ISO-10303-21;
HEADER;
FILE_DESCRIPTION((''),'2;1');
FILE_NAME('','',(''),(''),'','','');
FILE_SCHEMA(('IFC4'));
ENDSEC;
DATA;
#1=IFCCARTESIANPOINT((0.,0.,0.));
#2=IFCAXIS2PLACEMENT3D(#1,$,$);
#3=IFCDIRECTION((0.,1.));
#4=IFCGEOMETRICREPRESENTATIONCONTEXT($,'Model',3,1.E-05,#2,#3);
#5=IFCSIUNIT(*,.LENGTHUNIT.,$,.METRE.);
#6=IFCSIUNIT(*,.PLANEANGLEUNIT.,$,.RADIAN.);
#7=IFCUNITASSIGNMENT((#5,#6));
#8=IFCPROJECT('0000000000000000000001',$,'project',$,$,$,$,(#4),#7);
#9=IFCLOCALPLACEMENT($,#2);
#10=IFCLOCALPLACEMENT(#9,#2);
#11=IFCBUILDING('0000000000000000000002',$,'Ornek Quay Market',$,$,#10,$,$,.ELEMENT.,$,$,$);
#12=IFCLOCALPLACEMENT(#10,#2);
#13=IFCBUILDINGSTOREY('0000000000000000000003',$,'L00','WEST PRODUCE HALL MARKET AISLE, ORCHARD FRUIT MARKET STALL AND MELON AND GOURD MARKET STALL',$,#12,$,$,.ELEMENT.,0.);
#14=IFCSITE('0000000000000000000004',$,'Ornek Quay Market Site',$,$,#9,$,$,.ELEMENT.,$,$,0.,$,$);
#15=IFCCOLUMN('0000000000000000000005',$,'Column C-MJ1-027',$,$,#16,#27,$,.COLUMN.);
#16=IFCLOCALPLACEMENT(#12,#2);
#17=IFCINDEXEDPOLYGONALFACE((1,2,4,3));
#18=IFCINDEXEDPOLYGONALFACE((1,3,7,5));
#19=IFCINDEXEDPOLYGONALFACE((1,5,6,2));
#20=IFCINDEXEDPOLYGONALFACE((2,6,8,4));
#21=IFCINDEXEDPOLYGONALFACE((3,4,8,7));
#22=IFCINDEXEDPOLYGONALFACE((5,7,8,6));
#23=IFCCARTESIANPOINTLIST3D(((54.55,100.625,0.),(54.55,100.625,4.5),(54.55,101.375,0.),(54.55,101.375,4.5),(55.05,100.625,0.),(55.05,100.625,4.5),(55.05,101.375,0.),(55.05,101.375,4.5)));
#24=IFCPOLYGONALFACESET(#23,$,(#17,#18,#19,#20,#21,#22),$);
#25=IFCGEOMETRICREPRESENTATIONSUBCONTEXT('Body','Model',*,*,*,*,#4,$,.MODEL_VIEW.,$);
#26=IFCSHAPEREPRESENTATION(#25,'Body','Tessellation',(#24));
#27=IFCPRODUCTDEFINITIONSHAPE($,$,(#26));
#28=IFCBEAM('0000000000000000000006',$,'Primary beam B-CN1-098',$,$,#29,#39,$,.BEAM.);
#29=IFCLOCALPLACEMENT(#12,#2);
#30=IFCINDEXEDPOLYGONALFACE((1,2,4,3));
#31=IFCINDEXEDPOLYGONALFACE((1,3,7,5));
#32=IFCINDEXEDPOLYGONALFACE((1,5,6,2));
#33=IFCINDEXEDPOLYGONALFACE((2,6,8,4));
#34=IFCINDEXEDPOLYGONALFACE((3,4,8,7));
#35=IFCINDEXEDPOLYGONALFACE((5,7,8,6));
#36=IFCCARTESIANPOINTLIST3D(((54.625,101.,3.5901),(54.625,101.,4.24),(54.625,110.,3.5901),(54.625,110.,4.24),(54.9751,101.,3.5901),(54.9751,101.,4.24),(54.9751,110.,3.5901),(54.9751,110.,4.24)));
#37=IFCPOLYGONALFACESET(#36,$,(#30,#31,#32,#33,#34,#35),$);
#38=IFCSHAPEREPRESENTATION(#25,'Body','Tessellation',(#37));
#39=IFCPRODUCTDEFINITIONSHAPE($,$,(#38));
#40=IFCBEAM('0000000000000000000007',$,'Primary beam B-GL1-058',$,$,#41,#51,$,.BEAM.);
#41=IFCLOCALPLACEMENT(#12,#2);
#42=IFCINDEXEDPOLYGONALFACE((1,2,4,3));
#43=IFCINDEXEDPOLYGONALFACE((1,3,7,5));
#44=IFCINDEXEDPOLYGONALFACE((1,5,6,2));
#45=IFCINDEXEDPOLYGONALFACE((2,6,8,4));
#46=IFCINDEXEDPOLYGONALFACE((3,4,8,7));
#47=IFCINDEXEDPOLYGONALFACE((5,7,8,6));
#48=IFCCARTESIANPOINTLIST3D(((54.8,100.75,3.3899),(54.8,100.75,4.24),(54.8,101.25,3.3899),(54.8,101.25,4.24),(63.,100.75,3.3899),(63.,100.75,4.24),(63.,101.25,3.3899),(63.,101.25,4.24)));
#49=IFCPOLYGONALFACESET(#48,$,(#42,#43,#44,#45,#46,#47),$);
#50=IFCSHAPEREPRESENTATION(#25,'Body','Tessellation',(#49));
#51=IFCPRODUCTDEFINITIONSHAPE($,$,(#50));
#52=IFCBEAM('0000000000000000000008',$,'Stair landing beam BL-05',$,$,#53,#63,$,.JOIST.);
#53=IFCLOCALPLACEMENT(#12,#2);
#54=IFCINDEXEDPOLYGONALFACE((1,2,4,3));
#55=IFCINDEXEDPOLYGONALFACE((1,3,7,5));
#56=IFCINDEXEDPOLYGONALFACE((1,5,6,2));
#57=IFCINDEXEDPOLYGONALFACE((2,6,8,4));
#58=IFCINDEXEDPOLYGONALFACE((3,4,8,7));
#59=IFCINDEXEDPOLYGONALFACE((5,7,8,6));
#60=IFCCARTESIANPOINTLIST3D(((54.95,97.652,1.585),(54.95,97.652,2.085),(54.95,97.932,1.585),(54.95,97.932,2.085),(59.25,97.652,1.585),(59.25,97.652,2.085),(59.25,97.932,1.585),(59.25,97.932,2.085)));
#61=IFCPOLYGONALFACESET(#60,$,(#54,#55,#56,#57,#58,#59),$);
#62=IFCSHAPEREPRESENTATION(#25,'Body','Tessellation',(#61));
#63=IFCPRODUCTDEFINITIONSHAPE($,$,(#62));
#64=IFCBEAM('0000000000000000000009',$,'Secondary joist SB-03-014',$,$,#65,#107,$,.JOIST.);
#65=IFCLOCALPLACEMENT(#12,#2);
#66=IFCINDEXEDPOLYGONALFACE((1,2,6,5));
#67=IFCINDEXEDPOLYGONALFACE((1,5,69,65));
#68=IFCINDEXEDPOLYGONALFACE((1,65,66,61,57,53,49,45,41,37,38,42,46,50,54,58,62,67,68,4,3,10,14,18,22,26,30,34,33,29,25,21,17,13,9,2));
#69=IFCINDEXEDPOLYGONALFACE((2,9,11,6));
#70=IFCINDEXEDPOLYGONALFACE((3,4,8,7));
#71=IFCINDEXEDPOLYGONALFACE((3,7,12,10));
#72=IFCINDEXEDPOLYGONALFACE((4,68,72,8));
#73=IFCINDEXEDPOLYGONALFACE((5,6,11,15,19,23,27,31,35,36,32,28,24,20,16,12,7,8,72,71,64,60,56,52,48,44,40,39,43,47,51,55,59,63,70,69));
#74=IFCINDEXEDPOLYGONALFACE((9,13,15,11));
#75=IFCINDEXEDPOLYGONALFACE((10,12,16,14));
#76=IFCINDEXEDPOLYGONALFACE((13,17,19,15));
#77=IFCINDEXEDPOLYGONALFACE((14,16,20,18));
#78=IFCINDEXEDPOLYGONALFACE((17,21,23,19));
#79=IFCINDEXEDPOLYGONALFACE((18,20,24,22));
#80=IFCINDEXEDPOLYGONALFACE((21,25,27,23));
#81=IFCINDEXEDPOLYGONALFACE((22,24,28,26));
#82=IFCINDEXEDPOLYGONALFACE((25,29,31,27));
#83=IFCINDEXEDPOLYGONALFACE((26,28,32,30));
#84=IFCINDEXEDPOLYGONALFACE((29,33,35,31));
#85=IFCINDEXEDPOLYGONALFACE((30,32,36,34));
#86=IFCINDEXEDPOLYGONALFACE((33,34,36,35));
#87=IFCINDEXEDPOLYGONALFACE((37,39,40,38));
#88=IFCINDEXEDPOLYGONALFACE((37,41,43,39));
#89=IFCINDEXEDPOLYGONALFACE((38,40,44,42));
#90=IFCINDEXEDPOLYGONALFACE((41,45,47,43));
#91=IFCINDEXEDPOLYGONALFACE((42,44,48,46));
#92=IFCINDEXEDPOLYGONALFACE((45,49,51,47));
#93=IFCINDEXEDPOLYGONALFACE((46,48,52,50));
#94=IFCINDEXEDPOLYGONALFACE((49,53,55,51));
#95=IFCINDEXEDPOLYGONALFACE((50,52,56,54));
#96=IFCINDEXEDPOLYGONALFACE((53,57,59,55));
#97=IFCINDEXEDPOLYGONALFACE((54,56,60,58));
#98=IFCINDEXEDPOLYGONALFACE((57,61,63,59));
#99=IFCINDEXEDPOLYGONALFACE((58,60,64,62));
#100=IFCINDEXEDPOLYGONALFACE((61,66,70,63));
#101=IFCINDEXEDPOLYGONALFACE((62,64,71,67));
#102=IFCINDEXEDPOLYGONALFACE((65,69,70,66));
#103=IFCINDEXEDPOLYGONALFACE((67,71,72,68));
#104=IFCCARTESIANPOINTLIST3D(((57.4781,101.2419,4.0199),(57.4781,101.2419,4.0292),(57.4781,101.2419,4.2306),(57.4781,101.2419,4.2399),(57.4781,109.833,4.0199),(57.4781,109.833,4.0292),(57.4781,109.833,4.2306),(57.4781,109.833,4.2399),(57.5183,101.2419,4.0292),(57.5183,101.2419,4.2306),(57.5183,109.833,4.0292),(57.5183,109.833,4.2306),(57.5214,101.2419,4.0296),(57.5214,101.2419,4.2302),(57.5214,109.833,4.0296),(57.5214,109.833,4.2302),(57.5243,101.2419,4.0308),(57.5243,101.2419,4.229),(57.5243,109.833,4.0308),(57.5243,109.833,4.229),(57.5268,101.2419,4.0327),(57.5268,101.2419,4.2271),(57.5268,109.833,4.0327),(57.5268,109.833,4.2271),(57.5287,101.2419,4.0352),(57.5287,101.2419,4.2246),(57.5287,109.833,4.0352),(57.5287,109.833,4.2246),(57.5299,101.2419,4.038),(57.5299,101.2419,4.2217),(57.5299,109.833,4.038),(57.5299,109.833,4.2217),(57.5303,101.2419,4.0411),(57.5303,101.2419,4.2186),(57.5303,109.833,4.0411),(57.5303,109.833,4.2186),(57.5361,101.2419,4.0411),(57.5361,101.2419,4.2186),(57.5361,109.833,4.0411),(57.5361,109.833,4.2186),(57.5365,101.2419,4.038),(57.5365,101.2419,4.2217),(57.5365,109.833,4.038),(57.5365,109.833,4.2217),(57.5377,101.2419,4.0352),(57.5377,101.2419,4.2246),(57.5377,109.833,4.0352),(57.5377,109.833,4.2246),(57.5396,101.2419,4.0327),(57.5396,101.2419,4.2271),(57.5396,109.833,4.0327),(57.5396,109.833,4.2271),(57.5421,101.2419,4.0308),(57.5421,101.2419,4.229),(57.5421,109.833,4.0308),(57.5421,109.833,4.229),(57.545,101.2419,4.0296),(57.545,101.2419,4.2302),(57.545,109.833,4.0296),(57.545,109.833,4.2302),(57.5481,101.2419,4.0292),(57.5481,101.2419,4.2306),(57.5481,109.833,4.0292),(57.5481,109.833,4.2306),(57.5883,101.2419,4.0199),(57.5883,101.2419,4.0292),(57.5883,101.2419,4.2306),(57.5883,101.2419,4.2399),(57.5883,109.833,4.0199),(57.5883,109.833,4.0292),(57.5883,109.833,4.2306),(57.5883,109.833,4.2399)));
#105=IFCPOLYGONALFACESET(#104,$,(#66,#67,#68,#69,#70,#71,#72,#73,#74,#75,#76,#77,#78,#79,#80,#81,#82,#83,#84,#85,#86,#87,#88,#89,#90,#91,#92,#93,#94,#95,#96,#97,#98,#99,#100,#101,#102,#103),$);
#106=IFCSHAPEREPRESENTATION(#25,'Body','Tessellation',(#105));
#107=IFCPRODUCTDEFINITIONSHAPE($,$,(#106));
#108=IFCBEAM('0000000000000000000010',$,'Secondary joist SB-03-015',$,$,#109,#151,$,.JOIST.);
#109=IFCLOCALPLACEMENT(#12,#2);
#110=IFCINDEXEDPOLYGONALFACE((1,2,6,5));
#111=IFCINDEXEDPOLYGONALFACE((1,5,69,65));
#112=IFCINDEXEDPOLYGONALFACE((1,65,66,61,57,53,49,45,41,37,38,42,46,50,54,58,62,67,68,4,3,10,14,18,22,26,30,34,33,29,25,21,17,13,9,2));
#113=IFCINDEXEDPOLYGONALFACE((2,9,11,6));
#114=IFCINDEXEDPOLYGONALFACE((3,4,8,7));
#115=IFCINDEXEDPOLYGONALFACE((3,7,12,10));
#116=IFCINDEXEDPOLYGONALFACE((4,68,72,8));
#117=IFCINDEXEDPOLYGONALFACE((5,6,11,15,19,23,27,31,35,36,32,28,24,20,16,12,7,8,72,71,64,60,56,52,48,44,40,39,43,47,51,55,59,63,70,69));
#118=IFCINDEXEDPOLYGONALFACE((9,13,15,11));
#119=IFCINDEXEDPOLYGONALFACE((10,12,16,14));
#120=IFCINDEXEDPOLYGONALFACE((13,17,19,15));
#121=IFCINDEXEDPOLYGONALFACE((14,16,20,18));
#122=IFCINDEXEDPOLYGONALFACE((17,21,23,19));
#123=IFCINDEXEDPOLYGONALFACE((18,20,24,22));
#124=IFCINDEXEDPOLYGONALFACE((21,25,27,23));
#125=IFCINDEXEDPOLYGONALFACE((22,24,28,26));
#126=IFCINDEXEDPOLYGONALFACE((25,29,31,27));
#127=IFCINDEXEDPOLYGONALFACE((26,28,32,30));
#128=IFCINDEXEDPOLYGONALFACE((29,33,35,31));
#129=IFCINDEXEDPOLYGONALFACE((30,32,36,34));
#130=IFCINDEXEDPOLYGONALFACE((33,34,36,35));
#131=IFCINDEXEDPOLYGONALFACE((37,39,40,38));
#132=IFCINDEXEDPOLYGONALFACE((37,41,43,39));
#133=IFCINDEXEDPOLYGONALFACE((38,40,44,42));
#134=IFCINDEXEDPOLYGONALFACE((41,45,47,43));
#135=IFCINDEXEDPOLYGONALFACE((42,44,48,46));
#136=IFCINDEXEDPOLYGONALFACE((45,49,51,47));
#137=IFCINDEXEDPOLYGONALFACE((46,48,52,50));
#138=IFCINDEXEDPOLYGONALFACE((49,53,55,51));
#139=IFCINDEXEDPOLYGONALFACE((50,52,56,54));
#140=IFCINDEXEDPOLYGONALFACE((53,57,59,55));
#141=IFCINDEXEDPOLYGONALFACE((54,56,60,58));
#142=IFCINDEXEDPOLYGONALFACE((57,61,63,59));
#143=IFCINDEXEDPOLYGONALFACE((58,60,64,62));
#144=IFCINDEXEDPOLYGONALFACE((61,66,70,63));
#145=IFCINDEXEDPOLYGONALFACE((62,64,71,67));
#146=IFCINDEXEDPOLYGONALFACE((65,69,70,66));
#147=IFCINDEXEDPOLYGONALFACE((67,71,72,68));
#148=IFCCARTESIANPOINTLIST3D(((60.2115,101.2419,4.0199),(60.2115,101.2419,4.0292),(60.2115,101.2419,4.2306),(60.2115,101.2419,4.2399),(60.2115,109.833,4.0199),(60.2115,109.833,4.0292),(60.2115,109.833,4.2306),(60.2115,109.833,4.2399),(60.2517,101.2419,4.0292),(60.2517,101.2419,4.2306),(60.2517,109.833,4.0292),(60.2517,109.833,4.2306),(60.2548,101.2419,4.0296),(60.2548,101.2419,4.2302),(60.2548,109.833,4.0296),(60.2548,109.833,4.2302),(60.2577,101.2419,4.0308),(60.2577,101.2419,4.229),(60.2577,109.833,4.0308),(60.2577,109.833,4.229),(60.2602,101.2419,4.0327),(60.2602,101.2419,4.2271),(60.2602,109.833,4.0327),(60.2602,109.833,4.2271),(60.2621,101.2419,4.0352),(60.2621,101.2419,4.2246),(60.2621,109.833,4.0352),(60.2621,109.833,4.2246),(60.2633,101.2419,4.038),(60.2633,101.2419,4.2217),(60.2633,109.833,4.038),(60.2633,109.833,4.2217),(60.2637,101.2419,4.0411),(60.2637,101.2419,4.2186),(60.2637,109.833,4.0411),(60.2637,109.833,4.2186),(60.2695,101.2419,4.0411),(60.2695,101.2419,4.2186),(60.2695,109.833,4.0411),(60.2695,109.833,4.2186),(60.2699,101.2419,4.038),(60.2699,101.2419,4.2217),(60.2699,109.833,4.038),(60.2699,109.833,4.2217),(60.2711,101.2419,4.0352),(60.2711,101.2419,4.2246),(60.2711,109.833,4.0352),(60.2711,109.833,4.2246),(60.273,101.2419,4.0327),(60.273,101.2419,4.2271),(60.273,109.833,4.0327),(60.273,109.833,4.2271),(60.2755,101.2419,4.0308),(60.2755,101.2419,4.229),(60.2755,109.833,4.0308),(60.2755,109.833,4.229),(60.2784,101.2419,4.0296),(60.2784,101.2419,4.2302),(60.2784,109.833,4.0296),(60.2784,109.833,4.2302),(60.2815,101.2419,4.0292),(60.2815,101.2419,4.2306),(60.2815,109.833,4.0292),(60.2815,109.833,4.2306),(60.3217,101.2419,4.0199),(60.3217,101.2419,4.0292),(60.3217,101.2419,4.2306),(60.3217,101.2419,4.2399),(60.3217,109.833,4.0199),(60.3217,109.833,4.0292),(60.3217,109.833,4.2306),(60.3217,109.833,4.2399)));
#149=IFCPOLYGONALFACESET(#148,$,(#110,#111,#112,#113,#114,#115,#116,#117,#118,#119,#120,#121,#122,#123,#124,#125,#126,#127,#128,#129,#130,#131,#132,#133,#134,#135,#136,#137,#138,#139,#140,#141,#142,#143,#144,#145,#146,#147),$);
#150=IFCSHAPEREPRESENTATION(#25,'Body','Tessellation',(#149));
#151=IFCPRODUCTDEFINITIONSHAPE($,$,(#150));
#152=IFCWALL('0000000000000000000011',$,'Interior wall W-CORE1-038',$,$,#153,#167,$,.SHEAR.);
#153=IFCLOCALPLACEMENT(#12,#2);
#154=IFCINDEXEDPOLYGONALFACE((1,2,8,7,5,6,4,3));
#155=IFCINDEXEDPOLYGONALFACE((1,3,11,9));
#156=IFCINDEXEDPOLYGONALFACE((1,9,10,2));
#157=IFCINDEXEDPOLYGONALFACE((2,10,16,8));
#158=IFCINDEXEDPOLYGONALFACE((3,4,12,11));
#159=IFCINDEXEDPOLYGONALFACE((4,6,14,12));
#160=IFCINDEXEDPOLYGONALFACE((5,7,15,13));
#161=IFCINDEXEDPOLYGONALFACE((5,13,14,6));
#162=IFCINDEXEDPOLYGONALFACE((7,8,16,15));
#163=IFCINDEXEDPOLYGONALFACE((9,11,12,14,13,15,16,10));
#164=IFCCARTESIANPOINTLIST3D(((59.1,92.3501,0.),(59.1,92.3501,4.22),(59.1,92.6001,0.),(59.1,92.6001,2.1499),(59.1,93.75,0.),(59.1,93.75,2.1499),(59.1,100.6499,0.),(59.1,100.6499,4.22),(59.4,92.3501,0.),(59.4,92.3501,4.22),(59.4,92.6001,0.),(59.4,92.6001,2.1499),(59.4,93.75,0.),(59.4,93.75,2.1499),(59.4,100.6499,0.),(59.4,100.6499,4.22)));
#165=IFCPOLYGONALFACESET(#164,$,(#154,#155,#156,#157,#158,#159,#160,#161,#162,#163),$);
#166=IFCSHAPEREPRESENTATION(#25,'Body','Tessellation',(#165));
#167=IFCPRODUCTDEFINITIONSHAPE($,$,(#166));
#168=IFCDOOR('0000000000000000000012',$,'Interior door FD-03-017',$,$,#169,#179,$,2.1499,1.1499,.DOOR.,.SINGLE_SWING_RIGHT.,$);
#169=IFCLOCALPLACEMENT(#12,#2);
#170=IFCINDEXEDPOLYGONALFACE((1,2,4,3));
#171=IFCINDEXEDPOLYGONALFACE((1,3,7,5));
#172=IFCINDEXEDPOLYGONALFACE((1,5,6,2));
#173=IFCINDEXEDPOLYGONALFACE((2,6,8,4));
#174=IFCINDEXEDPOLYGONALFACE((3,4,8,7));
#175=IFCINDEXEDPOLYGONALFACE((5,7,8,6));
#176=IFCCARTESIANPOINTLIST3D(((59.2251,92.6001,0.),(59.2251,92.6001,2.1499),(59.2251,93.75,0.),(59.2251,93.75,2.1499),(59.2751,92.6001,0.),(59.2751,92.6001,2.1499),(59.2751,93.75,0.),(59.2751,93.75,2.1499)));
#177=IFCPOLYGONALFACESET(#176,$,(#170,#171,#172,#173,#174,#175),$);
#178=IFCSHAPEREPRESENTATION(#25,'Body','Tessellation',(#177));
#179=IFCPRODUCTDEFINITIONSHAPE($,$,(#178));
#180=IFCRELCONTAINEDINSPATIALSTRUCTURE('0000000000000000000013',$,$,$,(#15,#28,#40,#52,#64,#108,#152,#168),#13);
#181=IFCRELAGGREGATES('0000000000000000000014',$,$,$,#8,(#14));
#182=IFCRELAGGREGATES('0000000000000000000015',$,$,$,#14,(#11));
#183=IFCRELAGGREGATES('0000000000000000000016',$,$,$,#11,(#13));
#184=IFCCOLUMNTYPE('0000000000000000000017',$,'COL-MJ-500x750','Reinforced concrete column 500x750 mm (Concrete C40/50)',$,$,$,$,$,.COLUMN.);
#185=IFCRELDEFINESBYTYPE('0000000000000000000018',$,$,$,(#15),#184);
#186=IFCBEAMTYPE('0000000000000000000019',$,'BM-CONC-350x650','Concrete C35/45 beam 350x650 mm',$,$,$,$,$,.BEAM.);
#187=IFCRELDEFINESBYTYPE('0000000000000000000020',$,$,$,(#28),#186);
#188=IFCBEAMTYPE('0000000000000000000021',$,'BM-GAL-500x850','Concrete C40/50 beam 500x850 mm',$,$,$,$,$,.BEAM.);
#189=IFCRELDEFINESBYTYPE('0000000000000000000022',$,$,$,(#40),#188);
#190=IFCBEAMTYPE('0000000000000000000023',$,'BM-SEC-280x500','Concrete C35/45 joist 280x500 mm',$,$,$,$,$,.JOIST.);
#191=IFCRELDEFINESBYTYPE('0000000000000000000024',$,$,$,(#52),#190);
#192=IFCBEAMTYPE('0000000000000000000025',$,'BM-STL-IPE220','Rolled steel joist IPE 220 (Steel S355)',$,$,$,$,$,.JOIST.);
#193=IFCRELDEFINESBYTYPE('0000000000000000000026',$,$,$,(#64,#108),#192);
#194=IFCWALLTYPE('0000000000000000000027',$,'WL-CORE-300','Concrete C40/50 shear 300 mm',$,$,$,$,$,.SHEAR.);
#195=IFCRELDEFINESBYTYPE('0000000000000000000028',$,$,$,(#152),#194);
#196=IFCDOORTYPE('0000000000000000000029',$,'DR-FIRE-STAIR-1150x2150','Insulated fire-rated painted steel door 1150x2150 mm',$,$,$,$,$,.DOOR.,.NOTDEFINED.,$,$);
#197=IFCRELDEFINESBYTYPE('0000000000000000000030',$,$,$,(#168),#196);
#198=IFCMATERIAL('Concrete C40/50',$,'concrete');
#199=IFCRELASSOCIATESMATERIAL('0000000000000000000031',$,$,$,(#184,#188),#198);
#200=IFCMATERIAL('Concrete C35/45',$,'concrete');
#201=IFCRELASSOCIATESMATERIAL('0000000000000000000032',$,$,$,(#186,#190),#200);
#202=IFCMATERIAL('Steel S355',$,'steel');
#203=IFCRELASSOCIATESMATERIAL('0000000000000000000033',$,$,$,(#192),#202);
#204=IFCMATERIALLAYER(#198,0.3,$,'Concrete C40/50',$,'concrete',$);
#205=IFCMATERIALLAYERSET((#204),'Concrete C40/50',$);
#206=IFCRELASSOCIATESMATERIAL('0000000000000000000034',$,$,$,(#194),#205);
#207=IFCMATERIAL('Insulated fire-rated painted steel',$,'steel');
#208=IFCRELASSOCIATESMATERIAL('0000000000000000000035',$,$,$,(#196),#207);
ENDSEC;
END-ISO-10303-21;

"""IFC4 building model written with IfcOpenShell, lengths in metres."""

from ifc_helpers import new_model, si_unit, direction, frame, frame_2d, origin, origin_2d, place, context, subcontext, project, spatial, rectangle, i_section, extrude, material, layer, layer_set, material_profile, profile_set, type_object, element, fill, save


model = new_model("IFC4")

# Units and contexts
model_context = context("Model", 3, precision=1e-05, world=origin(), true_north=direction((0.0, 1.0)))
body_context = subcontext(model_context, "Body", "Model", "MODEL_VIEW")
ifc_project = project(units=[si_unit("LENGTHUNIT", "METRE"), si_unit("PLANEANGLEUNIT", "RADIAN")], contexts=[model_context])

# Site, building, storey
site_placement = place(None, origin())
site = spatial("IfcSite", under=ifc_project, at=site_placement, Name="Ornek Quay Market Site", CompositionType="ELEMENT", RefElevation=0.0)
building_placement = place(site_placement, origin())
building = spatial("IfcBuilding", under=site, at=building_placement, Name="Ornek Quay Market", CompositionType="ELEMENT")
storey_placement = place(building_placement, origin())
storey = spatial("IfcBuildingStorey", under=building, at=storey_placement, Name="L00", Description="WEST PRODUCE HALL MARKET AISLE, ORCHARD FRUIT MARKET STALL AND MELON AND GOURD MARKET STALL", CompositionType="ELEMENT", Elevation=0.0)

# Column
ifc_material_1 = material(Name="Concrete C40/50", Category="concrete")
ifc_material_profile_1 = material_profile(ifc_material_1, rectangle(XDim=0.5, YDim=0.75, at=origin_2d()), Name="RC 500x750", Category="concrete")
ifc_profile_set_1 = profile_set([ifc_material_profile_1], Name="Concrete C40/50")
column_type = type_object("IfcColumnType", Name="COL-MJ-500x750", Description="Reinforced concrete column 500x750 mm (Concrete C40/50)", PredefinedType="COLUMN", material=ifc_profile_set_1)
column_placement = place(storey_placement, frame((54.8, 101.0, 0.0), z_axis=(0.0, 0.0, 1.0), x_axis=(1.0, 0.0, 0.0)))
element("IfcColumn", 1, at=column_placement, inside=storey, type_object=column_type, Name="Column C-MJ1-027", PredefinedType="COLUMN", context=body_context, shape_type="SweptSolid", body=[
    extrude(rectangle(XDim=0.5, YDim=0.75, at=origin_2d()), origin(), (0.0, 0.0, 1.0), 4.5),
])

# Beams
ifc_material_2 = material(Name="Concrete C35/45", Category="concrete")
ifc_material_profile_2 = material_profile(ifc_material_2, rectangle(XDim=0.3501, YDim=0.6499, at=origin_2d()), Name="RC 350x650", Category="concrete")
ifc_profile_set_2 = profile_set([ifc_material_profile_2], Name="Concrete C35/45")
beam_type_1 = type_object("IfcBeamType", Name="BM-CONC-350x650", Description="Concrete C35/45 beam 350x650 mm", PredefinedType="BEAM", material=ifc_profile_set_2)
beam_1_placement = place(storey_placement, frame((54.8, 101.0, 3.915), z_axis=(0.0, 1.0, 0.0), x_axis=(-1.0, 0.0, 0.0)))
element("IfcBeam", 2, at=beam_1_placement, inside=storey, type_object=beam_type_1, Name="Primary beam B-CN1-098", PredefinedType="BEAM", context=body_context, shape_type="SweptSolid", body=[
    extrude(rectangle(XDim=0.3501, YDim=0.6499, at=origin_2d()), origin(), (0.0, 0.0, 1.0), 9.0),
])
ifc_material_profile_3 = material_profile(ifc_material_1, rectangle(XDim=0.5, YDim=0.8501, at=origin_2d()), Name="RC 500x850", Category="concrete")
ifc_profile_set_3 = profile_set([ifc_material_profile_3], Name="Concrete C40/50")
beam_type_2 = type_object("IfcBeamType", Name="BM-GAL-500x850", Description="Concrete C40/50 beam 500x850 mm", PredefinedType="BEAM", material=ifc_profile_set_3)
beam_2_placement = place(storey_placement, frame((54.8, 101.0, 3.8149), z_axis=(1.0, 0.0, 0.0), x_axis=(0.0, 1.0, 0.0)))
element("IfcBeam", 3, at=beam_2_placement, inside=storey, type_object=beam_type_2, Name="Primary beam B-GL1-058", PredefinedType="BEAM", context=body_context, shape_type="SweptSolid", body=[
    extrude(rectangle(XDim=0.5, YDim=0.8501, at=origin_2d()), origin(), (0.0, 0.0, 1.0), 8.2),
])
ifc_material_profile_4 = material_profile(ifc_material_2, rectangle(XDim=0.28, YDim=0.5, at=origin_2d()), Name="RC 280x500", Category="concrete")
ifc_profile_set_4 = profile_set([ifc_material_profile_4], Name="Concrete C35/45")
beam_type_3 = type_object("IfcBeamType", Name="BM-SEC-280x500", Description="Concrete C35/45 joist 280x500 mm", PredefinedType="JOIST", material=ifc_profile_set_4)
beam_3_placement = place(storey_placement, frame((54.95, 97.792, 1.835), z_axis=(1.0, 0.0, 0.0), x_axis=(0.0, 1.0, 0.0)))
element("IfcBeam", 4, at=beam_3_placement, inside=storey, type_object=beam_type_3, Name="Stair landing beam BL-05", PredefinedType="JOIST", context=body_context, shape_type="SweptSolid", body=[
    extrude(rectangle(XDim=0.28, YDim=0.5, at=origin_2d()), origin(), (0.0, 0.0, 1.0), 4.3),
])
ifc_material_3 = material(Name="Steel S355", Category="steel")
ifc_material_profile_5 = material_profile(ifc_material_3, i_section(OverallWidth=0.1101, OverallDepth=0.22, WebThickness=0.0059, FlangeThickness=0.0093, FilletRadius=0.012, at=origin_2d()), Name="IPE 220", Category="steel")
ifc_profile_set_5 = profile_set([ifc_material_profile_5], Name="Steel S355")
beam_type_4 = type_object("IfcBeamType", Name="BM-STL-IPE220", Description="Rolled steel joist IPE 220 (Steel S355)", PredefinedType="JOIST", material=ifc_profile_set_5)
for number, where, z_axis, x_axis, name in (
    (5, (57.5332, 101.2419, 4.1299), (0.0, 1.0, 0.0), (-1.0, 0.0, 0.0), "Secondary joist SB-03-014"),
    (6, (60.2666, 101.2419, 4.1299), (0.0, 1.0, 0.0), (-1.0, 0.0, 0.0), "Secondary joist SB-03-015"),
):
    element("IfcBeam", number, at=place(storey_placement, frame(where, z_axis=z_axis, x_axis=x_axis)), inside=storey, type_object=beam_type_4, Name=name, PredefinedType="JOIST", context=body_context, shape_type="SweptSolid", body=[
        extrude(i_section(OverallWidth=0.1101, OverallDepth=0.22, WebThickness=0.0059, FlangeThickness=0.0093, FilletRadius=0.012, at=origin_2d()), origin(), (0.0, 0.0, 1.0), 8.5911),
    ])

# Wall, opening, door
ifc_layer_1 = layer(ifc_material_1, 0.3, Name="Concrete C40/50", Category="concrete")
ifc_layer_set_1 = layer_set([ifc_layer_1], Name="Concrete C40/50")
wall_type_1 = type_object("IfcWallType", Name="WL-CORE-300", Description="Concrete C40/50 shear 300 mm", PredefinedType="SHEAR", material=ifc_layer_set_1)
wall_1_placement = place(storey_placement, frame((59.25, 92.3501, 0.0), z_axis=(0.0, 0.0, 1.0), x_axis=(0.0, 1.0, 0.0)))
wall_1 = element("IfcWall", 7, at=wall_1_placement, inside=storey, type_object=wall_type_1, Name="Interior wall W-CORE1-038", PredefinedType="SHEAR", context=body_context, shape_type="SweptSolid", body=[
    extrude(rectangle(XDim=8.2998, YDim=0.3, at=frame_2d((4.1499, 0.0))), origin(), (0.0, 0.0, 1.0), 4.22),
])
opening_1_placement = place(wall_1_placement, frame((0.25, 0.0, 0.0)))
opening_1 = element("IfcOpeningElement", 8, at=opening_1_placement, cuts=wall_1, PredefinedType="OPENING", context=body_context, shape_type="SweptSolid", body=[
    extrude(rectangle(XDim=1.1499, YDim=2.1499, at=frame_2d((0.575, 1.075))), frame((0.0, 0.1599, 0.0), z_axis=(0.0, -1.0, 0.0), x_axis=(1.0, 0.0, 0.0)), (0.0, 0.0, 1.0), 0.3201),
])
ifc_material_4 = material(Name="Insulated fire-rated painted steel", Category="steel")
door_type_1 = type_object("IfcDoorType", Name="DR-FIRE-STAIR-1150x2150", Description="Insulated fire-rated painted steel door 1150x2150 mm", OperationType="NOTDEFINED", PredefinedType="DOOR", material=ifc_material_4)
door_1_placement = place(opening_1_placement, origin())
door_1 = element("IfcDoor", 9, at=door_1_placement, inside=storey, type_object=door_type_1, Name="Interior door FD-03-017", OperationType="SINGLE_SWING_RIGHT", OverallHeight=2.1499, OverallWidth=1.1499, PredefinedType="DOOR", context=body_context, shape_type="SweptSolid", body=[
    extrude(rectangle(XDim=1.1499, YDim=2.1499, at=frame_2d((0.575, 1.075))), frame((0.0, 0.0249, 0.0), z_axis=(0.0, -1.0, 0.0), x_axis=(1.0, 0.0, 0.0)), (0.0, 0.0, 1.0), 0.05),
])
fill(opening_1, door_1)

save(model, "model.ifc")
